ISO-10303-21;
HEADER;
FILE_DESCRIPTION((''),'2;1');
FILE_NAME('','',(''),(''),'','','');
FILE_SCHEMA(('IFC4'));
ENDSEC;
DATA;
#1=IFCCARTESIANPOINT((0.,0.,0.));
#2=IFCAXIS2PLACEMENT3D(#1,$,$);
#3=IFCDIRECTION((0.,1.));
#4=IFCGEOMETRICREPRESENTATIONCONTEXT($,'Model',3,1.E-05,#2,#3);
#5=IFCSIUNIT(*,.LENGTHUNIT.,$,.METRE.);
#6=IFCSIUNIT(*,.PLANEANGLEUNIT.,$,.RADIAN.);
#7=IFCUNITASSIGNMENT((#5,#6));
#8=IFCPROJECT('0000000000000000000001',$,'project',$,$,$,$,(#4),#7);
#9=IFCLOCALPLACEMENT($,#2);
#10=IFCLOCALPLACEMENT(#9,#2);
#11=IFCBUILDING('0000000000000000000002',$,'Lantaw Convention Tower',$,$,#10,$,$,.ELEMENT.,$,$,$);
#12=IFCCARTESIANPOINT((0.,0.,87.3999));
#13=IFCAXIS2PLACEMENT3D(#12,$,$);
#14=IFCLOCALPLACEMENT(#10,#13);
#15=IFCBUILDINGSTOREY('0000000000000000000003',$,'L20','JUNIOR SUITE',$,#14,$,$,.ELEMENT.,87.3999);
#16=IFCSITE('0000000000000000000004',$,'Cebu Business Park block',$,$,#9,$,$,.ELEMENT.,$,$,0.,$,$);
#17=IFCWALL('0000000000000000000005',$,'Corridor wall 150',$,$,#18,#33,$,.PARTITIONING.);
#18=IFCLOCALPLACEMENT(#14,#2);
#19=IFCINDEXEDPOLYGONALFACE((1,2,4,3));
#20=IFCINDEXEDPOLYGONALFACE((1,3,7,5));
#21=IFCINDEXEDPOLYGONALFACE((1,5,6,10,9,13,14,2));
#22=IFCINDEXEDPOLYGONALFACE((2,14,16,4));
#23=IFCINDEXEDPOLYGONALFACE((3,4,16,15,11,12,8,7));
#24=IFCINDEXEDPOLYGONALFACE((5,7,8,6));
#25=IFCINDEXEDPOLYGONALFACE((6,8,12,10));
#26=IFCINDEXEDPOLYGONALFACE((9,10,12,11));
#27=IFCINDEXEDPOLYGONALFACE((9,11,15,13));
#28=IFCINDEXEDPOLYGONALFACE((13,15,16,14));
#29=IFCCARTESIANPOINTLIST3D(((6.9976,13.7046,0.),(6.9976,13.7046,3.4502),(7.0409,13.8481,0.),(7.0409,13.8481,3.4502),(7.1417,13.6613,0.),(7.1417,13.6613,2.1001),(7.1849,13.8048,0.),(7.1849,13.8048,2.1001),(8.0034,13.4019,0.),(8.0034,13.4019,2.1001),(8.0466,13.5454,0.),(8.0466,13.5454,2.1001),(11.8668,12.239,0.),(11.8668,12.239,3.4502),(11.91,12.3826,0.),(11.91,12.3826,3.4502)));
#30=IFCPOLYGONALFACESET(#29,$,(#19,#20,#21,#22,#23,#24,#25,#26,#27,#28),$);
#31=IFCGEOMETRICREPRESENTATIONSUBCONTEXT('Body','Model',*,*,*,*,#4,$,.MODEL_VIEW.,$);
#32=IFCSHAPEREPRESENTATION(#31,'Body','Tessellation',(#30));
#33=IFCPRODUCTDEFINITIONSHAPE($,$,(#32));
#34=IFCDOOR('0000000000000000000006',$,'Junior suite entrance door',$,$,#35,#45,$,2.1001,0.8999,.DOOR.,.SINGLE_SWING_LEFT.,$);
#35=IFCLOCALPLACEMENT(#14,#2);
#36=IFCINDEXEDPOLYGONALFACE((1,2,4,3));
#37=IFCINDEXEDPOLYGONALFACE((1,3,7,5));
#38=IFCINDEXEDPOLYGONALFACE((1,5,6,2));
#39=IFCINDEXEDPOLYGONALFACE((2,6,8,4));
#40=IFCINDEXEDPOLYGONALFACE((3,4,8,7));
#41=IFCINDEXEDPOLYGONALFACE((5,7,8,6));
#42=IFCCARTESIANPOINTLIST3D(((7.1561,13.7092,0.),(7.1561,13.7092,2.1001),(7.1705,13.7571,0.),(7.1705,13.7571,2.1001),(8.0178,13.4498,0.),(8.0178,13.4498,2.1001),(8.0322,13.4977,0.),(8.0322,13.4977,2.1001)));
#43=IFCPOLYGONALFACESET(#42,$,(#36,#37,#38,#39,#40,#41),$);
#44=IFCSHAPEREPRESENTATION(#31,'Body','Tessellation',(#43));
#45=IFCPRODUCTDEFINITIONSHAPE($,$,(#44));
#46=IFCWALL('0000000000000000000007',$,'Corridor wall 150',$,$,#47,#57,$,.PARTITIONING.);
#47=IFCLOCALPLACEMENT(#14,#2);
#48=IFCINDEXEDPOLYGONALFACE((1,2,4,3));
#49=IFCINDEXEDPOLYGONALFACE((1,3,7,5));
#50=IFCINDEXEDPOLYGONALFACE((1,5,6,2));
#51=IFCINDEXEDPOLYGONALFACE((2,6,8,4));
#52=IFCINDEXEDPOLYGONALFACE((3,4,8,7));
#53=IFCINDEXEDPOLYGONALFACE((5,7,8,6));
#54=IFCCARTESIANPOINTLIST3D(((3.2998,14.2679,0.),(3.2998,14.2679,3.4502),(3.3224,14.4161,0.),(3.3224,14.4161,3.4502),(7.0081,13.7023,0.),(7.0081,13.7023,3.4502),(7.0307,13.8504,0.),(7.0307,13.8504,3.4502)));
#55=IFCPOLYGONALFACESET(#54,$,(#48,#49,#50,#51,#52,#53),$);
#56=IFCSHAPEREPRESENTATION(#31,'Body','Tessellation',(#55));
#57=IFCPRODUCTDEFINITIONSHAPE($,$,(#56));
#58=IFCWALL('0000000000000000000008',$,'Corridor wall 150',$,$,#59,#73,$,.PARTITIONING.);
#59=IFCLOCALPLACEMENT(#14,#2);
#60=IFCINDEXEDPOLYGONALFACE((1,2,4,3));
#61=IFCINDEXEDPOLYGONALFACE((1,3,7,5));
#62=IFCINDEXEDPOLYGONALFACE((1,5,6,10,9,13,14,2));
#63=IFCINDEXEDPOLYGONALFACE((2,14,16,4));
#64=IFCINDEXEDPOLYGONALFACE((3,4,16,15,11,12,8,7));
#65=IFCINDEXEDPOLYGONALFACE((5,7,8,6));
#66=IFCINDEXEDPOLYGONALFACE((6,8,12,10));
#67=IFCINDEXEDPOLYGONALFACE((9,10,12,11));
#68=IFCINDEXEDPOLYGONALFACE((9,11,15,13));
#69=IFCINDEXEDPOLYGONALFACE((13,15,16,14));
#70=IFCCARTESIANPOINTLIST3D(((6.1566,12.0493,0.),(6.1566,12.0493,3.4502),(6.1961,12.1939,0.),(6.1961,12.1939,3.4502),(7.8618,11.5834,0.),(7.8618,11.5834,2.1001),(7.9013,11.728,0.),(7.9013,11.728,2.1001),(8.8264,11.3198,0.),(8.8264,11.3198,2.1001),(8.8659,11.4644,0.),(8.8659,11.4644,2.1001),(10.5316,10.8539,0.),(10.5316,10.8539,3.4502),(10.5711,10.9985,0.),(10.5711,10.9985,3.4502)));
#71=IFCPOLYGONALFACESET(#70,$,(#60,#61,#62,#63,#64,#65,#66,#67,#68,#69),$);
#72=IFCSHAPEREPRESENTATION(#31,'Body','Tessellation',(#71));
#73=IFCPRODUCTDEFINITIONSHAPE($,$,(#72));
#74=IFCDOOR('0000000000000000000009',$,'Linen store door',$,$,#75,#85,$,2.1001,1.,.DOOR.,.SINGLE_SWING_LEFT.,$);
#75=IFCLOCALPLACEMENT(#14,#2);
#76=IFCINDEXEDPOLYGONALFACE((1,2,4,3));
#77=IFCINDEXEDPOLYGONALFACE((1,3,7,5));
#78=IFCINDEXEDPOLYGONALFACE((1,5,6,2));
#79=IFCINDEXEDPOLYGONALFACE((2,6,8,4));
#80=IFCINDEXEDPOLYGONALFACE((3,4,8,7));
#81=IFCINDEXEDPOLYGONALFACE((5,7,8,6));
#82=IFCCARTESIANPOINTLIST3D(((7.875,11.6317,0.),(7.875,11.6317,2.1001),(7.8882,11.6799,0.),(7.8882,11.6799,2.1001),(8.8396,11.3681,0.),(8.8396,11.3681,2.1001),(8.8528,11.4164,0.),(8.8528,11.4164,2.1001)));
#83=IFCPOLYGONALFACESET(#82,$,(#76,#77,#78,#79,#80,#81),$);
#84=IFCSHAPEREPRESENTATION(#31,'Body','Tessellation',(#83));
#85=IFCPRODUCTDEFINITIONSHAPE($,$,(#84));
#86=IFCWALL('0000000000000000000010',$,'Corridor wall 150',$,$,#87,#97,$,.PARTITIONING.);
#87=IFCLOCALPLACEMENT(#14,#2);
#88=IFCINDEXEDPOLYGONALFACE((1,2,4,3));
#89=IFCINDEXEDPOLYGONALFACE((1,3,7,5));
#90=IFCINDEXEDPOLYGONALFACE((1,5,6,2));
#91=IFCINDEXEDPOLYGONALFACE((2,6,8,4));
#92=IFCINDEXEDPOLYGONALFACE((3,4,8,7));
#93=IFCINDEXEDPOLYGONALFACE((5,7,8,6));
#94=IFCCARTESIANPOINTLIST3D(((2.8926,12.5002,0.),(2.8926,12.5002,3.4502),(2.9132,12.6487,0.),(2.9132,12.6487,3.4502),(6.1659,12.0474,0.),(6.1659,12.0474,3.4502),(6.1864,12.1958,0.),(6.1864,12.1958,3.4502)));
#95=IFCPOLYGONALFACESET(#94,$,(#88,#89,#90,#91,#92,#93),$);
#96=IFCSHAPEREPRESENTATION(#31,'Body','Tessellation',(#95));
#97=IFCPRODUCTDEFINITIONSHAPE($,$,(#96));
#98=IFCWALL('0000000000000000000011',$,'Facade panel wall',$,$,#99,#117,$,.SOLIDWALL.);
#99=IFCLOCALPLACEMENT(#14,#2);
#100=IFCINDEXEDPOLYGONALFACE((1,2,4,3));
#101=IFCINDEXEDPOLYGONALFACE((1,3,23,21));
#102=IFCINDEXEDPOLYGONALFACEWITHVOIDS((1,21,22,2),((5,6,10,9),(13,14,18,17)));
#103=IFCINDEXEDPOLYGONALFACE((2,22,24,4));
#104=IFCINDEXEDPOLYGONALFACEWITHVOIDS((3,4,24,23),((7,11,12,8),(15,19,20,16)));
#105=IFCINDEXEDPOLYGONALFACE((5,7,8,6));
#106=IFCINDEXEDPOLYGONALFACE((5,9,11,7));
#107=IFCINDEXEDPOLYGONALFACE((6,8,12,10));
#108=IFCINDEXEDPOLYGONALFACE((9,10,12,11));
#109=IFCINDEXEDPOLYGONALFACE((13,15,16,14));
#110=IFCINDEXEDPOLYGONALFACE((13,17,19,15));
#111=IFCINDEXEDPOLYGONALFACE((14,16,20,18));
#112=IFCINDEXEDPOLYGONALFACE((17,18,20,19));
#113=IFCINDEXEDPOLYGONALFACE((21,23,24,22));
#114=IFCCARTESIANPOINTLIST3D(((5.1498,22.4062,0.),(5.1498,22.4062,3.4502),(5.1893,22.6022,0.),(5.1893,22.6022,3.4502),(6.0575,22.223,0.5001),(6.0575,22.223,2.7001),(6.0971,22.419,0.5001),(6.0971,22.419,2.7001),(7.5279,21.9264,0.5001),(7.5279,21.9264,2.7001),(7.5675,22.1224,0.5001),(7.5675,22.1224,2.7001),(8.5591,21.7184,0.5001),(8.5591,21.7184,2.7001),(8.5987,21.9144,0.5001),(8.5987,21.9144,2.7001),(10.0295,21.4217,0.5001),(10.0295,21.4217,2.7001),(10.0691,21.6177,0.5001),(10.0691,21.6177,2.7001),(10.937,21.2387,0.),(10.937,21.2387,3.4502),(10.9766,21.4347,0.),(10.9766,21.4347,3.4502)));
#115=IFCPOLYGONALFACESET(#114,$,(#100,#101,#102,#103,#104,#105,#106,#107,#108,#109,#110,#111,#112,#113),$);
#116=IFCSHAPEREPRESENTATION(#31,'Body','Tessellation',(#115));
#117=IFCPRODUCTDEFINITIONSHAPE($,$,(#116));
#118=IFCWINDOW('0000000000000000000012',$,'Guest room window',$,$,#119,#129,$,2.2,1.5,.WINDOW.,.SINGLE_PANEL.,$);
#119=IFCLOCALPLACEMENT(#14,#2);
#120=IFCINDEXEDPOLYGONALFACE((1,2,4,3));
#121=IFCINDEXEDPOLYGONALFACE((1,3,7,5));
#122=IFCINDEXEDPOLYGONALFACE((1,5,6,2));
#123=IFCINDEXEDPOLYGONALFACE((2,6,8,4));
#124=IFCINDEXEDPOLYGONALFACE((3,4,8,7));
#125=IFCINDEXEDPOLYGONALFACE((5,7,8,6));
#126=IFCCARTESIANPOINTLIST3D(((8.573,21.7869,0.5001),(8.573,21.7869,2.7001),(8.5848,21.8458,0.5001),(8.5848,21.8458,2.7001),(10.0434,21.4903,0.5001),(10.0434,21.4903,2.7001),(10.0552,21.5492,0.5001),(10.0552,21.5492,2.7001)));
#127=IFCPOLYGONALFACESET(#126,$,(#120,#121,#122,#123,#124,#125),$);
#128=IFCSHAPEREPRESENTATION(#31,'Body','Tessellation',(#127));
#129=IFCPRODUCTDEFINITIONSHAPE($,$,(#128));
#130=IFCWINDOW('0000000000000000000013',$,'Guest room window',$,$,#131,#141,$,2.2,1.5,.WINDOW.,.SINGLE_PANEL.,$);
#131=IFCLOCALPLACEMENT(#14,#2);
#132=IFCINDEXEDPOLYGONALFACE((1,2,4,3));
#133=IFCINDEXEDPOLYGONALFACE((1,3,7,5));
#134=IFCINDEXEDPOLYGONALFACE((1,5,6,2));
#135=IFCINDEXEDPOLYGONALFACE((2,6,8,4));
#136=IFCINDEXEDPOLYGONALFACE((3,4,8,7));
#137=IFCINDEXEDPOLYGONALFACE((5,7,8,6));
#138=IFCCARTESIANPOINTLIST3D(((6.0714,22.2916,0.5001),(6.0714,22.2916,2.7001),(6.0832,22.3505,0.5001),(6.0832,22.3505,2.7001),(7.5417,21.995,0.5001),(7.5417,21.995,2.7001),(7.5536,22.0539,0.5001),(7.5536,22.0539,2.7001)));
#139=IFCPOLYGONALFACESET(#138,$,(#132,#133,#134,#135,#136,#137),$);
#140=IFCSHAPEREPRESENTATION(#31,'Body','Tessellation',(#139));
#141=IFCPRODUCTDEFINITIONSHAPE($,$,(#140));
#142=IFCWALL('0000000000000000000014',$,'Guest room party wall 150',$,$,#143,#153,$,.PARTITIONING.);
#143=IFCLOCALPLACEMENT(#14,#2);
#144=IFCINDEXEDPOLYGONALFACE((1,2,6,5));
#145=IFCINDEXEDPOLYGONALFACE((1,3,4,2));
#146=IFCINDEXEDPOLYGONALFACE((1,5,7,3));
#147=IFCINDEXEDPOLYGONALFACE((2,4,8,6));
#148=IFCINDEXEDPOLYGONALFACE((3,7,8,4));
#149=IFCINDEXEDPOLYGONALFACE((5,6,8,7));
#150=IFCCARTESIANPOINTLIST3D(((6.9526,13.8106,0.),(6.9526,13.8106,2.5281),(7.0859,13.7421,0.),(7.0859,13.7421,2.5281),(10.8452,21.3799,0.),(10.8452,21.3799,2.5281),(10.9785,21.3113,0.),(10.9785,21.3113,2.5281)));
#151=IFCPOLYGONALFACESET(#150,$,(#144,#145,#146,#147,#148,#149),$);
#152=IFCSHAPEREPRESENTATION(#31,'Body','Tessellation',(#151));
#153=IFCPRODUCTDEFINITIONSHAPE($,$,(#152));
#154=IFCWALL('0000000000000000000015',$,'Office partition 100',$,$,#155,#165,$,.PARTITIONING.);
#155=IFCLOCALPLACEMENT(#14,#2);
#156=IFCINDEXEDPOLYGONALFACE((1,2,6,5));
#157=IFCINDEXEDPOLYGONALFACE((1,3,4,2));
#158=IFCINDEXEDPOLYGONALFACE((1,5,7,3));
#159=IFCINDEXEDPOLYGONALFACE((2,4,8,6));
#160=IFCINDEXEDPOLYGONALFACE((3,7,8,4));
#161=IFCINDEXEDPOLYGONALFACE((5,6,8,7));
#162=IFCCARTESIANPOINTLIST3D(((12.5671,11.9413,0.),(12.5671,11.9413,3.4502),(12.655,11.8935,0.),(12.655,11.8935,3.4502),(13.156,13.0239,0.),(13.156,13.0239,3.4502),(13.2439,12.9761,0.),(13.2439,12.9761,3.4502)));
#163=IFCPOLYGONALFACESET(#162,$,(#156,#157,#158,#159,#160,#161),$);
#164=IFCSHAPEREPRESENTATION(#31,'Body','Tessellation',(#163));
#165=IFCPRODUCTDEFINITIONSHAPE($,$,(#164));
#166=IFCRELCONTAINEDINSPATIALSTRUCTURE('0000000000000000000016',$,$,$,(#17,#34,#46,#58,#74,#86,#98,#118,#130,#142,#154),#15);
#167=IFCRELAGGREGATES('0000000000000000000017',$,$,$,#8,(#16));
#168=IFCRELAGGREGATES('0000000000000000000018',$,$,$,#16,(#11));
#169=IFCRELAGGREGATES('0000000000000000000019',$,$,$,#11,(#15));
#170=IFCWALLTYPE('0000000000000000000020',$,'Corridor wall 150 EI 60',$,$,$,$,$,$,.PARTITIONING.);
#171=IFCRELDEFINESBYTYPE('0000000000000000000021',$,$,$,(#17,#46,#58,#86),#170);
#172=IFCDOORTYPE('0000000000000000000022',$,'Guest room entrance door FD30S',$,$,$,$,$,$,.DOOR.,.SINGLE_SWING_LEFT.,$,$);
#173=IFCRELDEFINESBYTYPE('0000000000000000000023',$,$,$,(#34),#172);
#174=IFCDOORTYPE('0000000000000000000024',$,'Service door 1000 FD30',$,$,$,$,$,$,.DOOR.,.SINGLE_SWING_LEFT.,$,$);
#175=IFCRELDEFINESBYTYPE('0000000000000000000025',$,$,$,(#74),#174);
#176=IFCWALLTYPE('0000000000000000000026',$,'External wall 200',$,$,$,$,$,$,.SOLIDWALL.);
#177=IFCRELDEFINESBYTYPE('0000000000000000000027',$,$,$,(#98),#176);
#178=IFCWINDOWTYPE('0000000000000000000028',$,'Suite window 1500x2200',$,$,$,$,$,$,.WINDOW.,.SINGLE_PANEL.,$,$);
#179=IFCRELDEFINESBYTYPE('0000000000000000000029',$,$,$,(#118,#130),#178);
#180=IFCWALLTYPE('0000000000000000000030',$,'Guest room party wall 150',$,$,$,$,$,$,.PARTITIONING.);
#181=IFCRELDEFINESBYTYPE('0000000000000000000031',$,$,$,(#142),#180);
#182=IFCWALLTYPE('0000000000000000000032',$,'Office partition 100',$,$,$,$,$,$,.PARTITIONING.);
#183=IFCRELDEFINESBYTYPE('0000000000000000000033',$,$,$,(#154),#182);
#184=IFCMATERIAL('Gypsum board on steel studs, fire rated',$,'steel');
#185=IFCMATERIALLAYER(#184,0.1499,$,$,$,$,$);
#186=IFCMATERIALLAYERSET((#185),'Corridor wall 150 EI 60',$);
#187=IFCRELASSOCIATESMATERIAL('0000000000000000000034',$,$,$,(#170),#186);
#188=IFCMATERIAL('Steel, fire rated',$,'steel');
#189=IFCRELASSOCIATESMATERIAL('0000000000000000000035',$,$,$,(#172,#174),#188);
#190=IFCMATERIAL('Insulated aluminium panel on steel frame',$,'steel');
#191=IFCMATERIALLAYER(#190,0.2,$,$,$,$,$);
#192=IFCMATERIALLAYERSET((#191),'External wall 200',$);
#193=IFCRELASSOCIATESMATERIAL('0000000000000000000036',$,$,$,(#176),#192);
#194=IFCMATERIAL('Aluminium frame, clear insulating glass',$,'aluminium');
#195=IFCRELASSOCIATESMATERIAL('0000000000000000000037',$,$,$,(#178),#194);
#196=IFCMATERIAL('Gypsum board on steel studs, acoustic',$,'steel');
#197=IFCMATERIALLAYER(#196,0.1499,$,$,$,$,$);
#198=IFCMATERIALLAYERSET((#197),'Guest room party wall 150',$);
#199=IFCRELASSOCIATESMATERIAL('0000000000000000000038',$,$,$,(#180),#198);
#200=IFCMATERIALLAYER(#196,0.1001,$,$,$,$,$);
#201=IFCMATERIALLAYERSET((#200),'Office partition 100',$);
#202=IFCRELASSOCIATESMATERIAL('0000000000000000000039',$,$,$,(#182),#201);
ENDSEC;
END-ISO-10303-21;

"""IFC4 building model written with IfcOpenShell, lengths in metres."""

from ifc_helpers import new_model, si_unit, direction, frame, frame_2d, origin, place, context, subcontext, project, spatial, rectangle, extrude, material, layer, layer_set, type_object, element, fill, save


model = new_model("IFC4")

# Units and contexts
model_context = context("Model", 3, precision=1e-05, world=origin(), true_north=direction((0.0, 1.0)))
body_context = subcontext(model_context, "Body", "Model", "MODEL_VIEW")
ifc_project = project(units=[si_unit("LENGTHUNIT", "METRE"), si_unit("PLANEANGLEUNIT", "RADIAN")], contexts=[model_context])

# Site, building, storey
site_placement = place(None, origin())
site = spatial("IfcSite", under=ifc_project, at=site_placement, Name="Cebu Business Park block", CompositionType="ELEMENT", RefElevation=0.0)
building_placement = place(site_placement, origin())
building = spatial("IfcBuilding", under=site, at=building_placement, Name="Lantaw Convention Tower", CompositionType="ELEMENT")
storey_placement = place(building_placement, frame((0.0, 0.0, 87.3999)))
storey = spatial("IfcBuildingStorey", under=building, at=storey_placement, Name="L20", Description="JUNIOR SUITE", CompositionType="ELEMENT", Elevation=87.3999)

# Wall, opening, door
ifc_material_1 = material(Name="Gypsum board on steel studs, fire rated", Category="steel")
ifc_layer_1 = layer(ifc_material_1, 0.1499)
ifc_layer_set_1 = layer_set([ifc_layer_1], Name="Corridor wall 150 EI 60")
wall_type_1 = type_object("IfcWallType", Name="Corridor wall 150 EI 60", PredefinedType="PARTITIONING", material=ifc_layer_set_1)
wall_1_placement = place(storey_placement, frame((11.8884, 12.3108, 0.0), z_axis=(0.0, 0.0, 1.0), x_axis=(-0.957564, 0.28822, 0.0)))
wall_1 = element("IfcWall", 1, at=wall_1_placement, inside=storey, type_object=wall_type_1, Name="Corridor wall 150", PredefinedType="PARTITIONING", context=body_context, shape_type="SweptSolid", body=[
    extrude(rectangle(XDim=5.085, YDim=0.1499, at=frame_2d((2.5425, 0.0))), origin(), (0.0, 0.0, 1.0), 3.4502),
])
opening_1_placement = place(wall_1_placement, frame((4.0347, 0.0, 0.0)))
opening_1 = element("IfcOpeningElement", 2, at=opening_1_placement, cuts=wall_1, PredefinedType="OPENING", context=body_context, shape_type="SweptSolid", body=[
    extrude(rectangle(XDim=0.8999, YDim=2.1001, at=frame_2d((0.45, 1.05))), frame((0.0, 0.085, 0.0), z_axis=(0.0, -1.0, 0.0), x_axis=(1.0, 0.0, 0.0)), (0.0, 0.0, 1.0), 0.1699),
])
ifc_material_2 = material(Name="Steel, fire rated", Category="steel")
door_type_1 = type_object("IfcDoorType", Name="Guest room entrance door FD30S", OperationType="SINGLE_SWING_LEFT", PredefinedType="DOOR", material=ifc_material_2)
door_1_placement = place(opening_1_placement, origin())
door_1 = element("IfcDoor", 3, at=door_1_placement, inside=storey, type_object=door_type_1, Name="Junior suite entrance door", OperationType="SINGLE_SWING_LEFT", OverallHeight=2.1001, OverallWidth=0.8999, PredefinedType="DOOR", context=body_context, shape_type="SweptSolid", body=[
    extrude(rectangle(XDim=0.8999, YDim=2.1001, at=frame_2d((0.45, 1.05))), frame((0.0, 0.0249, 0.0), z_axis=(0.0, -1.0, 0.0), x_axis=(1.0, 0.0, 0.0)), (0.0, 0.0, 1.0), 0.05),
])
fill(opening_1, door_1)

# Wall
wall_2_placement = place(storey_placement, frame((7.0193, 13.7764, 0.0), z_axis=(0.0, 0.0, 1.0), x_axis=(-0.988564, 0.1508, 0.0)))
element("IfcWall", 4, at=wall_2_placement, inside=storey, type_object=wall_type_1, Name="Corridor wall 150", PredefinedType="PARTITIONING", context=body_context, shape_type="SweptSolid", body=[
    extrude(rectangle(XDim=3.7512, YDim=0.1499, at=frame_2d((1.8755, 0.0))), origin(), (0.0, 0.0, 1.0), 3.4502),
])

# Wall, opening, door
wall_3_placement = place(storey_placement, frame((10.5513, 10.9263, 0.0), z_axis=(0.0, 0.0, 1.0), x_axis=(-0.964644, 0.263555, 0.0)))
wall_3 = element("IfcWall", 5, at=wall_3_placement, inside=storey, type_object=wall_type_1, Name="Corridor wall 150", PredefinedType="PARTITIONING", context=body_context, shape_type="SweptSolid", body=[
    extrude(rectangle(XDim=4.5354, YDim=0.1499, at=frame_2d((2.2676, 0.0))), origin(), (0.0, 0.0, 1.0), 3.4502),
])
opening_2_placement = place(wall_3_placement, frame((1.7676, 0.0, 0.0)))
opening_2 = element("IfcOpeningElement", 6, at=opening_2_placement, cuts=wall_3, PredefinedType="OPENING", context=body_context, shape_type="SweptSolid", body=[
    extrude(rectangle(XDim=1.0, YDim=2.1001, at=frame_2d((0.5, 1.05))), frame((0.0, 0.085, 0.0), z_axis=(0.0, -1.0, 0.0), x_axis=(1.0, 0.0, 0.0)), (0.0, 0.0, 1.0), 0.1699),
])
door_type_2 = type_object("IfcDoorType", Name="Service door 1000 FD30", OperationType="SINGLE_SWING_LEFT", PredefinedType="DOOR", material=ifc_material_2)
door_2_placement = place(opening_2_placement, origin())
door_2 = element("IfcDoor", 7, at=door_2_placement, inside=storey, type_object=door_type_2, Name="Linen store door", OperationType="SINGLE_SWING_LEFT", OverallHeight=2.1001, OverallWidth=1.0, PredefinedType="DOOR", context=body_context, shape_type="SweptSolid", body=[
    extrude(rectangle(XDim=1.0, YDim=2.1001, at=frame_2d((0.5, 1.05))), frame((0.0, 0.0249, 0.0), z_axis=(0.0, -1.0, 0.0), x_axis=(1.0, 0.0, 0.0)), (0.0, 0.0, 1.0), 0.05),
])
fill(opening_2, door_2)

# Wall
wall_4_placement = place(storey_placement, frame((6.1763, 12.1216, 0.0), z_axis=(0.0, 0.0, 1.0), x_axis=(-0.990563, 0.137055, 0.0)))
element("IfcWall", 8, at=wall_4_placement, inside=storey, type_object=wall_type_1, Name="Corridor wall 150", PredefinedType="PARTITIONING", context=body_context, shape_type="SweptSolid", body=[
    extrude(rectangle(XDim=3.3044, YDim=0.1499, at=frame_2d((1.6523, 0.0))), origin(), (0.0, 0.0, 1.0), 3.4502),
])

# Wall, openings, windows
ifc_material_3 = material(Name="Insulated aluminium panel on steel frame", Category="steel")
ifc_layer_2 = layer(ifc_material_3, 0.2)
ifc_layer_set_2 = layer_set([ifc_layer_2], Name="External wall 200")
wall_type_2 = type_object("IfcWallType", Name="External wall 200", PredefinedType="SOLIDWALL", material=ifc_layer_set_2)
wall_5_placement = place(storey_placement, frame((10.9568, 21.3367, 0.0), z_axis=(0.0, 0.0, 1.0), x_axis=(-0.980252, 0.197754, 0.0)))
wall_5 = element("IfcWall", 9, at=wall_5_placement, inside=storey, type_object=wall_type_2, Name="Facade panel wall", PredefinedType="SOLIDWALL", context=body_context, shape_type="SweptSolid", body=[
    extrude(rectangle(XDim=5.9038, YDim=0.2, at=frame_2d((2.9519, 0.0))), origin(), (0.0, 0.0, 1.0), 3.4502),
])
opening_3_placement = place(wall_5_placement, frame((0.9258, 0.0, 0.5)))
opening_3 = element("IfcOpeningElement", 10, at=opening_3_placement, cuts=wall_5, PredefinedType="OPENING", context=body_context, shape_type="SweptSolid", body=[
    extrude(rectangle(XDim=1.5, YDim=2.2, at=frame_2d((0.75, 1.1001))), frame((0.0, 0.1099, 0.0), z_axis=(0.0, -1.0, 0.0), x_axis=(1.0, 0.0, 0.0)), (0.0, 0.0, 1.0), 0.22),
])
opening_4_placement = place(wall_5_placement, frame((3.4778, 0.0, 0.5)))
opening_4 = element("IfcOpeningElement", 11, at=opening_4_placement, cuts=wall_5, PredefinedType="OPENING", context=body_context, shape_type="SweptSolid", body=[
    extrude(rectangle(XDim=1.5, YDim=2.2, at=frame_2d((0.75, 1.1001))), frame((0.0, 0.1099, 0.0), z_axis=(0.0, -1.0, 0.0), x_axis=(1.0, 0.0, 0.0)), (0.0, 0.0, 1.0), 0.22),
])
ifc_material_4 = material(Name="Aluminium frame, clear insulating glass", Category="aluminium")
window_type = type_object("IfcWindowType", Name="Suite window 1500x2200", PartitioningType="SINGLE_PANEL", PredefinedType="WINDOW", material=ifc_material_4)
window_1_placement = place(opening_3_placement, origin())
window_1 = element("IfcWindow", 12, at=window_1_placement, inside=storey, type_object=window_type, Name="Guest room window", OverallHeight=2.2, OverallWidth=1.5, PartitioningType="SINGLE_PANEL", PredefinedType="WINDOW", context=body_context, shape_type="SweptSolid", body=[
    extrude(rectangle(XDim=1.5, YDim=2.2, at=frame_2d((0.75, 1.1001))), frame((0.0, 0.03, 0.0), z_axis=(0.0, -1.0, 0.0), x_axis=(1.0, 0.0, 0.0)), (0.0, 0.0, 1.0), 0.0601),
])
fill(opening_3, window_1)
window_2_placement = place(opening_4_placement, origin())
window_2 = element("IfcWindow", 13, at=window_2_placement, inside=storey, type_object=window_type, Name="Guest room window", OverallHeight=2.2, OverallWidth=1.5, PartitioningType="SINGLE_PANEL", PredefinedType="WINDOW", context=body_context, shape_type="SweptSolid", body=[
    extrude(rectangle(XDim=1.5, YDim=2.2, at=frame_2d((0.75, 1.1001))), frame((0.0, 0.03, 0.0), z_axis=(0.0, -1.0, 0.0), x_axis=(1.0, 0.0, 0.0)), (0.0, 0.0, 1.0), 0.0601),
])
fill(opening_4, window_2)

# Walls
ifc_material_5 = material(Name="Gypsum board on steel studs, acoustic", Category="steel")
ifc_layer_3 = layer(ifc_material_5, 0.1499)
ifc_layer_set_3 = layer_set([ifc_layer_3], Name="Guest room party wall 150")
wall_type_3 = type_object("IfcWallType", Name="Guest room party wall 150", PredefinedType="PARTITIONING", material=ifc_layer_set_3)
wall_6_placement = place(storey_placement, frame((10.9119, 21.3457, 0.0), z_axis=(0.0, 0.0, 1.0), x_axis=(-0.457327, -0.889298, 0.0)))
element("IfcWall", 14, at=wall_6_placement, inside=storey, type_object=wall_type_3, Name="Guest room party wall 150", PredefinedType="PARTITIONING", context=body_context, shape_type="SweptSolid", body=[
    extrude(rectangle(XDim=8.5115, YDim=0.1499, at=frame_2d((4.2559, 0.0))), origin(), (0.0, 0.0, 1.0), 2.5281),
])
ifc_layer_4 = layer(ifc_material_5, 0.1001)
ifc_layer_set_4 = layer_set([ifc_layer_4], Name="Office partition 100")
wall_type_4 = type_object("IfcWallType", Name="Office partition 100", PredefinedType="PARTITIONING", material=ifc_layer_set_4)
wall_7_placement = place(storey_placement, frame((13.2, 13.0, 0.0), z_axis=(0.0, 0.0, 1.0), x_axis=(-0.477852, -0.87844, 0.0)))
element("IfcWall", 15, at=wall_7_placement, inside=storey, type_object=wall_type_4, Name="Office partition 100", PredefinedType="PARTITIONING", context=body_context, shape_type="SweptSolid", body=[
    extrude(rectangle(XDim=1.2324, YDim=0.1001, at=frame_2d((0.6162, 0.0))), origin(), (0.0, 0.0, 1.0), 3.4502),
])

save(model, "model.ifc")
